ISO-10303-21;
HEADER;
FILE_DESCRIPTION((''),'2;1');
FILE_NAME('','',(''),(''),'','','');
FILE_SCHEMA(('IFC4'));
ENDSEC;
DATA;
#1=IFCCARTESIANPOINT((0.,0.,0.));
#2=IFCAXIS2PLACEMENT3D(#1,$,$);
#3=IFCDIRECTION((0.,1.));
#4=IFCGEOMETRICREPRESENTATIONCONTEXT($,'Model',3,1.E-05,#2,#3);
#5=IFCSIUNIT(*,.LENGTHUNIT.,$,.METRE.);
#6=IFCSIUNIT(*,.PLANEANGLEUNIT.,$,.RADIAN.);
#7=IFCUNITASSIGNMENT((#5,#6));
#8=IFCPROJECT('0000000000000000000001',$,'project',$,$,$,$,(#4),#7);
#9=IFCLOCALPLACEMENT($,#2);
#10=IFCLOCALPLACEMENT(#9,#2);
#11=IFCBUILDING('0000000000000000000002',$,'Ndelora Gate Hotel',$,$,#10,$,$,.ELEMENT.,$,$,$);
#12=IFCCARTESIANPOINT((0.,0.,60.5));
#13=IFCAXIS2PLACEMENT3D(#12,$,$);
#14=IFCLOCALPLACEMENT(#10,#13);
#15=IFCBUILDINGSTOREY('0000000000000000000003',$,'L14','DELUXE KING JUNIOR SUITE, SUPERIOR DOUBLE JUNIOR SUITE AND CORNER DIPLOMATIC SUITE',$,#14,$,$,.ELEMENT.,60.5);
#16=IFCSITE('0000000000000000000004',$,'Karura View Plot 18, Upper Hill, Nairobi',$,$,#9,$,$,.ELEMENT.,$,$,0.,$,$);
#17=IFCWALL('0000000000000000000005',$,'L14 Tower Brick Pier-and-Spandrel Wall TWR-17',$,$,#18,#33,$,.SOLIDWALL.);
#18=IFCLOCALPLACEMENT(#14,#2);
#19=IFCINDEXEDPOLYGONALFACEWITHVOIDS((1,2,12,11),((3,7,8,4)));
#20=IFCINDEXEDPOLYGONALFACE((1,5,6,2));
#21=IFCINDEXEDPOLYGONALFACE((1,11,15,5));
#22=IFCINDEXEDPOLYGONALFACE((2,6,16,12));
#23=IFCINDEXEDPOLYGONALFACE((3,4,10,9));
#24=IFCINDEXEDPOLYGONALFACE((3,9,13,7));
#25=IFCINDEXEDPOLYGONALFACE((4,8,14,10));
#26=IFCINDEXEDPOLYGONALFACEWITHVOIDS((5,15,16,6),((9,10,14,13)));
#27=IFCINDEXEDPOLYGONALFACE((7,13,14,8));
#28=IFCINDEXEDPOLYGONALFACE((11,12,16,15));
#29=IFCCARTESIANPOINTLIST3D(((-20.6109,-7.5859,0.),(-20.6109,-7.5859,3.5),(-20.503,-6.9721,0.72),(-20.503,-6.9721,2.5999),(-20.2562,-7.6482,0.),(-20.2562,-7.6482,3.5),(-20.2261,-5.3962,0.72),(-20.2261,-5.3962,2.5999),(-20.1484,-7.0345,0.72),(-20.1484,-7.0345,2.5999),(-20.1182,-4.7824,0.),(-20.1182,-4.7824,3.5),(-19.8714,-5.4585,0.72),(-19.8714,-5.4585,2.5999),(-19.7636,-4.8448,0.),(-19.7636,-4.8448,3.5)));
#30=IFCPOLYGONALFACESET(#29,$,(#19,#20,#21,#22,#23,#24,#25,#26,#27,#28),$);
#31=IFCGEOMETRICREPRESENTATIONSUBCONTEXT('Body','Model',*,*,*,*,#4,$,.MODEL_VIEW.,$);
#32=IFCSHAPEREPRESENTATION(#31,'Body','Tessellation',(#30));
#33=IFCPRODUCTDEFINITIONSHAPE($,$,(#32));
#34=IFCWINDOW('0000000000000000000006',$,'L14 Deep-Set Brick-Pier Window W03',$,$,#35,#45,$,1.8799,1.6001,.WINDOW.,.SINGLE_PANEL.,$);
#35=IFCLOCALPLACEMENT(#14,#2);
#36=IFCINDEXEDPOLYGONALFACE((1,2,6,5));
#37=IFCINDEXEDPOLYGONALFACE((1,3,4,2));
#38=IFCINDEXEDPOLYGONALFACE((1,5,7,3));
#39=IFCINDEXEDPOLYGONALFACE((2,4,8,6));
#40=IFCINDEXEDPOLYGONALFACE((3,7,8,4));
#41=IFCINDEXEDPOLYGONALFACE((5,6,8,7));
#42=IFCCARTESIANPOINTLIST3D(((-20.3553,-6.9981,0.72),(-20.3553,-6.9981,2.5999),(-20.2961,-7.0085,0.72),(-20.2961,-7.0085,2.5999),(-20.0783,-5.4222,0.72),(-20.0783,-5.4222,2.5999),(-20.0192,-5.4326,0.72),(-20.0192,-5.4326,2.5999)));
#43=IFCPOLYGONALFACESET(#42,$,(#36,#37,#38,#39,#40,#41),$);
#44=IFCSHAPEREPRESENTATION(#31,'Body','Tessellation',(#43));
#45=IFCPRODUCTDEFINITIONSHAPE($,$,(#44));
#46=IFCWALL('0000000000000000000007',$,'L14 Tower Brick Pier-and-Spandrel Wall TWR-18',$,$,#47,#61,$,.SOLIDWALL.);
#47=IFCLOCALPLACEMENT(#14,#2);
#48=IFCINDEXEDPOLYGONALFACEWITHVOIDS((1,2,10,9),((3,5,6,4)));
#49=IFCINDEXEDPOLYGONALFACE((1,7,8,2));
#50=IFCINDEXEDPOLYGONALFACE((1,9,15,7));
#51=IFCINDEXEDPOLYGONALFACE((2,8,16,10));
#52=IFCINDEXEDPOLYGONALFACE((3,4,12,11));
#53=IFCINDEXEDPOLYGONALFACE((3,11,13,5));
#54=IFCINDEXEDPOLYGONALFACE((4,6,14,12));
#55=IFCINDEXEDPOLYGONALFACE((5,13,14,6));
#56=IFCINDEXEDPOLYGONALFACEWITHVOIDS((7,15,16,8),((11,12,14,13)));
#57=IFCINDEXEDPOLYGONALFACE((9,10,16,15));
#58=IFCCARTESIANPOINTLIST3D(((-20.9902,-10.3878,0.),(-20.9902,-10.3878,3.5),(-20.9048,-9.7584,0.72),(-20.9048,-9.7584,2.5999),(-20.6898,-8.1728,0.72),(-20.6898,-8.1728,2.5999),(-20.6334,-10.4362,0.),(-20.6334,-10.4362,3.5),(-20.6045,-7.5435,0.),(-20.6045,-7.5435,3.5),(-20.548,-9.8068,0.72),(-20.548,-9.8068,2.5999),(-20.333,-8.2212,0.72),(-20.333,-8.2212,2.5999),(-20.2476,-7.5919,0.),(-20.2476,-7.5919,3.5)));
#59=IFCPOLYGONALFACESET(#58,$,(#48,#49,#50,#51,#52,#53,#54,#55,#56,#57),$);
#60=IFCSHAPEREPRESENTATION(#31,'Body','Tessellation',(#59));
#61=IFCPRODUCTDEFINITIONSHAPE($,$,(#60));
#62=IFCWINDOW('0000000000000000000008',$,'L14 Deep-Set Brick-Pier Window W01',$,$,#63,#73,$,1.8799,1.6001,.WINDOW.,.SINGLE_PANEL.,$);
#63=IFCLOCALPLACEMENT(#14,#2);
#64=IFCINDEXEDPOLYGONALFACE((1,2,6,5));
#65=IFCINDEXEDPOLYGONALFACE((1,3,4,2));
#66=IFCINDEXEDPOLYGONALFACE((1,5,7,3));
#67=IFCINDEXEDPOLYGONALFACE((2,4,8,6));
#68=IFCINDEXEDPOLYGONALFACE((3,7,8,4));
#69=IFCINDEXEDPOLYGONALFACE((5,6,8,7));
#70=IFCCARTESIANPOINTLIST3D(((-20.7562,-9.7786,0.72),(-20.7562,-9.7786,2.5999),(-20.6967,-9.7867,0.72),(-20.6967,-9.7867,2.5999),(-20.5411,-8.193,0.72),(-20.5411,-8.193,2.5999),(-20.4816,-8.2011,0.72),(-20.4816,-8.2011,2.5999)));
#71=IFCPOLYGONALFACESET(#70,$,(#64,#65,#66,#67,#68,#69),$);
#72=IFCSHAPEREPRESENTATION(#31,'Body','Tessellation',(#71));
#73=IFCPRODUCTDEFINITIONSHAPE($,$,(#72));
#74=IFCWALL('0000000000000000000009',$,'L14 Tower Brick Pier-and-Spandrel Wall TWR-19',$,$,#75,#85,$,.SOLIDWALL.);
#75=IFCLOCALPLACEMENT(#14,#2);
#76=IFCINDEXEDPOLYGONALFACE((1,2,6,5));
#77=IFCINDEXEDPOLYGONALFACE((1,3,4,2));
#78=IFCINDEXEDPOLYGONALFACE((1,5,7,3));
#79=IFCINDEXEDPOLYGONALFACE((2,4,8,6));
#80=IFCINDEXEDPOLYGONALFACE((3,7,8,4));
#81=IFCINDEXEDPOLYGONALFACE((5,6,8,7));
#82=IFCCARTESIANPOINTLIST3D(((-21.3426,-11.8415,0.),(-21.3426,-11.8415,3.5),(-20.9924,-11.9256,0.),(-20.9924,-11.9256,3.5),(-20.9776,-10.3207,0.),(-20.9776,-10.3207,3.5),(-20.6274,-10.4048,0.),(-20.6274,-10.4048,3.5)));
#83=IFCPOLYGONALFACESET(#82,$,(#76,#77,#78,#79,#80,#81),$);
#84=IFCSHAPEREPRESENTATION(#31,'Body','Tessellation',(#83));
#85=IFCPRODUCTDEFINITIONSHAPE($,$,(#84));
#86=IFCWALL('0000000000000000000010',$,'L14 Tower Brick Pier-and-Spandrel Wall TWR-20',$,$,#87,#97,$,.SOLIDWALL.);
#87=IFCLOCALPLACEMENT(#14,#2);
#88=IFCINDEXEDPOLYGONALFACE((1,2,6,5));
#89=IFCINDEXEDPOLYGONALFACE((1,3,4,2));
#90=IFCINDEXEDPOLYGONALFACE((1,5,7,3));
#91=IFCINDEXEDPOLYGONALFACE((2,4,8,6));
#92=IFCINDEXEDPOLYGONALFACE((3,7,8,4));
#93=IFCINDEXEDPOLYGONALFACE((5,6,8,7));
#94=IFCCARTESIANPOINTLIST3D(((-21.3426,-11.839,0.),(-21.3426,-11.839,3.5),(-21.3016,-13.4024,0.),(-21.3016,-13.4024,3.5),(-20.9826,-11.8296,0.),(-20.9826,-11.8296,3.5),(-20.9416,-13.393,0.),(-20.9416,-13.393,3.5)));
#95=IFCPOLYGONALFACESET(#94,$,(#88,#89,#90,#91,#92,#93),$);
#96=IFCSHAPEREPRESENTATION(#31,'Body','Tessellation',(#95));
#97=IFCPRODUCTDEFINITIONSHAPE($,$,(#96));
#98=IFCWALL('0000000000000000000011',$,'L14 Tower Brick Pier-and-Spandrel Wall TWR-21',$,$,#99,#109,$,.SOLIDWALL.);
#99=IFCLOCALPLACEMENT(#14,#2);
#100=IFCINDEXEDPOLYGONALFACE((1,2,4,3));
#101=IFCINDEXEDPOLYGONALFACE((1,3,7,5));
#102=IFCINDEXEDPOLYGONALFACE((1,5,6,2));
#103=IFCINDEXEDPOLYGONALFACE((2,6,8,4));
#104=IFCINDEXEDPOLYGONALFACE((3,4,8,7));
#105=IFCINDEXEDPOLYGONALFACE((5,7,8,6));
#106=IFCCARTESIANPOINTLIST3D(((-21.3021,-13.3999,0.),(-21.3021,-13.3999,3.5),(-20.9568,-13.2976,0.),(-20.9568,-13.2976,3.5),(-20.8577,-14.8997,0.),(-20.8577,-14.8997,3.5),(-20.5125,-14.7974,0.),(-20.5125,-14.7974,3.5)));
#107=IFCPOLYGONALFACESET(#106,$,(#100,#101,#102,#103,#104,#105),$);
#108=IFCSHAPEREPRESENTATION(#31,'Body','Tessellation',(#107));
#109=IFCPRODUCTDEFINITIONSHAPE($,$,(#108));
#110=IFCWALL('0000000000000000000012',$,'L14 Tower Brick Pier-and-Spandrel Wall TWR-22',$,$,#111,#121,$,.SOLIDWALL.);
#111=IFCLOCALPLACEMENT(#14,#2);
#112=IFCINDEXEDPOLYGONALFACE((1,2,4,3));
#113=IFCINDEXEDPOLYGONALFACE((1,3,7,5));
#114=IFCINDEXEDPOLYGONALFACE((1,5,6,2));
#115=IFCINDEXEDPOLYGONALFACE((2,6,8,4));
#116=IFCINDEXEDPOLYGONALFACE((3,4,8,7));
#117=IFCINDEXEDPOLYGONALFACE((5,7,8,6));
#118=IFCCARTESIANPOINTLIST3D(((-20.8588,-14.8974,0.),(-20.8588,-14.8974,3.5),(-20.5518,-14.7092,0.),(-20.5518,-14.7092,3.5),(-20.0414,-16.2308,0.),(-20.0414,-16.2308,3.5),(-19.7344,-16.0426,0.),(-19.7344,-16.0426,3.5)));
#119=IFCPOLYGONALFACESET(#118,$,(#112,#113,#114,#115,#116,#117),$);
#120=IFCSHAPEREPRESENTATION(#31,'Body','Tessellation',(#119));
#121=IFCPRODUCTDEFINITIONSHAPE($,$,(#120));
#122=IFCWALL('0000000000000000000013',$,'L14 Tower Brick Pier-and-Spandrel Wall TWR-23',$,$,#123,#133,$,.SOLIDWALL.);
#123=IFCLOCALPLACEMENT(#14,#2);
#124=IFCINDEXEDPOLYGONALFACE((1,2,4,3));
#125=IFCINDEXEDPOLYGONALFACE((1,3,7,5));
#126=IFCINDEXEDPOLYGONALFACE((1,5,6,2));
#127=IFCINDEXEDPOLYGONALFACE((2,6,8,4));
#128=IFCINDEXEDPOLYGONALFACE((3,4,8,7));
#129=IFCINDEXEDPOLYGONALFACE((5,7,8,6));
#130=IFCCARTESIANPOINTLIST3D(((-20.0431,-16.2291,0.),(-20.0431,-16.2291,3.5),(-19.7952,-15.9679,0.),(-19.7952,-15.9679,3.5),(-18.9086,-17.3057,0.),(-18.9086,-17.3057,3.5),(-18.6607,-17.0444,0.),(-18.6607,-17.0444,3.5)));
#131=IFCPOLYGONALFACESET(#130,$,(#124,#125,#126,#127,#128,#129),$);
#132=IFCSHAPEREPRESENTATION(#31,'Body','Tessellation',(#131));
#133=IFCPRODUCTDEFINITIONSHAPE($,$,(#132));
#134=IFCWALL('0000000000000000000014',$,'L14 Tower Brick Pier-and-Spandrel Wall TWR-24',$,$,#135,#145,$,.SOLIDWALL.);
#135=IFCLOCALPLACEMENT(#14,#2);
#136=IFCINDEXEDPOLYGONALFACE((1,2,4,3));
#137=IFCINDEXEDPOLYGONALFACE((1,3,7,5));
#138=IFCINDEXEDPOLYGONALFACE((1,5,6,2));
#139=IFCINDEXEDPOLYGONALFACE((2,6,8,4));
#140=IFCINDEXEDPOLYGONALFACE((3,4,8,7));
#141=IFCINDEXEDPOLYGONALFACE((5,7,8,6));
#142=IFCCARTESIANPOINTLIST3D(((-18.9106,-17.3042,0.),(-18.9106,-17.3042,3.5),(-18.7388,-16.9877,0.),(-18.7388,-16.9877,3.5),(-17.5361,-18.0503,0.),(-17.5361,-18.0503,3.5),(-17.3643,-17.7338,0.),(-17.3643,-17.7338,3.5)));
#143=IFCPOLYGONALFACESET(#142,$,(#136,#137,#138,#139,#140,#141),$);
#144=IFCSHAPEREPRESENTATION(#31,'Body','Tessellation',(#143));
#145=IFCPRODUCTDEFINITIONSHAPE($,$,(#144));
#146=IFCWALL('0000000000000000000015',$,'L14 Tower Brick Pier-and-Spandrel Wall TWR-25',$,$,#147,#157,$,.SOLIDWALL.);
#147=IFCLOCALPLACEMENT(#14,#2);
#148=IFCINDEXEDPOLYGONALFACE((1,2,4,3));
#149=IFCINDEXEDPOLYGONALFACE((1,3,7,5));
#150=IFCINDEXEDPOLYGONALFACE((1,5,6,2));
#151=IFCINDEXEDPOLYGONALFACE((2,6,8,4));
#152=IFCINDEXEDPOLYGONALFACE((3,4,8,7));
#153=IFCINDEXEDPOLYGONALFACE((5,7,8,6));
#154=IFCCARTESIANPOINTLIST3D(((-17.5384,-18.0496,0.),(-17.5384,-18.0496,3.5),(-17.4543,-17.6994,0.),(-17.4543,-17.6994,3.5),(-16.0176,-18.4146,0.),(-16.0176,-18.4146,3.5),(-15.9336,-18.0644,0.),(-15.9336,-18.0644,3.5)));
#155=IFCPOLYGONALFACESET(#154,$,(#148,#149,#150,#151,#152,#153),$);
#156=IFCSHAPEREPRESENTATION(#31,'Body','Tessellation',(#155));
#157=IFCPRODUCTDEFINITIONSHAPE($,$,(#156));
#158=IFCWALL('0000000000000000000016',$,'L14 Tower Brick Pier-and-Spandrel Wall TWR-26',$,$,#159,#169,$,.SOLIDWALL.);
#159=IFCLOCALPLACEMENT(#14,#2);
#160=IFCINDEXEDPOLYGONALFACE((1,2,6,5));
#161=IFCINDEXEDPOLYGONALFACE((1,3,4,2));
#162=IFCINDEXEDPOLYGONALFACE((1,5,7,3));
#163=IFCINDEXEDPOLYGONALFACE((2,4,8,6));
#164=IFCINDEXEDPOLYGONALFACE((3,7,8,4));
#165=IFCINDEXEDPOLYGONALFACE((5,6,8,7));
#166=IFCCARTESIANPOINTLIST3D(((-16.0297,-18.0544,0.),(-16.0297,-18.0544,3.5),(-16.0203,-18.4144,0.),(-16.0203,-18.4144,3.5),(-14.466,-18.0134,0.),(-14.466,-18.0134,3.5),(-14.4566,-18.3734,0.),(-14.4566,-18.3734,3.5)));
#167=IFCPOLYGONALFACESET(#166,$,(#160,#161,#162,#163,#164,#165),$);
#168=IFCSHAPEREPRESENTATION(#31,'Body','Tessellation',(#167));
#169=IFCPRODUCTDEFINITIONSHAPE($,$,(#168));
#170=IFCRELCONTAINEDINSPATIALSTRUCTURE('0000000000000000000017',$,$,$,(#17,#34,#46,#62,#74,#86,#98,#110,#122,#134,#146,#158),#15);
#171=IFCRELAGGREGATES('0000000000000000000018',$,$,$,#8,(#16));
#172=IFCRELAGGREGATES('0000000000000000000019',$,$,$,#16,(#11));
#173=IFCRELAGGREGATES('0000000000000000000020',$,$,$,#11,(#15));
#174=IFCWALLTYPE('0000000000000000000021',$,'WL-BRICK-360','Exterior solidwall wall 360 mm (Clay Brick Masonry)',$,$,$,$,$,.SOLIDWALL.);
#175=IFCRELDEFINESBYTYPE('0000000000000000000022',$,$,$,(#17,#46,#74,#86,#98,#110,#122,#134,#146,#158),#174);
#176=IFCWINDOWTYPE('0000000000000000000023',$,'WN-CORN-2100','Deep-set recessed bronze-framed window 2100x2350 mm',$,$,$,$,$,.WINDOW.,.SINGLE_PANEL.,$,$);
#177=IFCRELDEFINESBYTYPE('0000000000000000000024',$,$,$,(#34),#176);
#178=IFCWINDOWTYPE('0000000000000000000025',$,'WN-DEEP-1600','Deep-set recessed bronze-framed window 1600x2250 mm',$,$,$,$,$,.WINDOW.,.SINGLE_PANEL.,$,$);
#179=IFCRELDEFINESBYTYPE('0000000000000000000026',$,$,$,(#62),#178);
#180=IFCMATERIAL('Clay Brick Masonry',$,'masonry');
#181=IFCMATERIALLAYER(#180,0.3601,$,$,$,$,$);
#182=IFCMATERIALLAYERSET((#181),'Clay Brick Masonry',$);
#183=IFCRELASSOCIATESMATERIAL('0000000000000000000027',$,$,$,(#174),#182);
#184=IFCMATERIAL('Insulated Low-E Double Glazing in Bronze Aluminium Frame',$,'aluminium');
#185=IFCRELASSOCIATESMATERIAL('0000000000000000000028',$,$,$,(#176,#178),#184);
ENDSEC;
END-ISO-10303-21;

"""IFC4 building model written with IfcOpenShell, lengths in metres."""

from ifc_helpers import new_model, si_unit, direction, frame, frame_2d, origin, place, context, subcontext, project, spatial, rectangle, extrude, material, layer, layer_set, type_object, element, fill, save


model = new_model("IFC4")

# Units and contexts
model_context = context("Model", 3, precision=1e-05, world=origin(), true_north=direction((0.0, 1.0)))
body_context = subcontext(model_context, "Body", "Model", "MODEL_VIEW")
ifc_project = project(units=[si_unit("LENGTHUNIT", "METRE"), si_unit("PLANEANGLEUNIT", "RADIAN")], contexts=[model_context])

# Site, building, storey
site_placement = place(None, origin())
site = spatial("IfcSite", under=ifc_project, at=site_placement, Name="Karura View Plot 18, Upper Hill, Nairobi", CompositionType="ELEMENT", RefElevation=0.0)
building_placement = place(site_placement, origin())
building = spatial("IfcBuilding", under=site, at=building_placement, Name="Ndelora Gate Hotel", CompositionType="ELEMENT")
storey_placement = place(building_placement, frame((0.0, 0.0, 60.5)))
storey = spatial("IfcBuildingStorey", under=building, at=storey_placement, Name="L14", Description="DELUXE KING JUNIOR SUITE, SUPERIOR DOUBLE JUNIOR SUITE AND CORNER DIPLOMATIC SUITE", CompositionType="ELEMENT", Elevation=60.5)

# Walls, openings, windows
ifc_material_1 = material(Name="Clay Brick Masonry", Category="masonry")
ifc_layer_1 = layer(ifc_material_1, 0.3601)
ifc_layer_set_1 = layer_set([ifc_layer_1], Name="Clay Brick Masonry")
wall_type = type_object("IfcWallType", Name="WL-BRICK-360", Description="Exterior solidwall wall 360 mm (Clay Brick Masonry)", PredefinedType="SOLIDWALL", material=ifc_layer_set_1)
wall_1_placement = place(storey_placement, frame((-20.4336, -7.6172, 0.0), z_axis=(0.0, 0.0, 1.0), x_axis=(0.173086, 0.984907, 0.0)))
wall_1 = element("IfcWall", 1, at=wall_1_placement, inside=storey, type_object=wall_type, Name="L14 Tower Brick Pier-and-Spandrel Wall TWR-17", PredefinedType="SOLIDWALL", context=body_context, shape_type="SweptSolid", body=[
    extrude(rectangle(XDim=2.8464, YDim=0.3601, at=frame_2d((1.4233, 0.0))), origin(), (0.0, 0.0, 1.0), 3.5),
])
opening_1_placement = place(wall_1_placement, frame((0.6233, 0.0, 0.72)))
opening_1 = element("IfcOpeningElement", 2, at=opening_1_placement, cuts=wall_1, PredefinedType="OPENING", context=body_context, shape_type="SweptSolid", body=[
    extrude(rectangle(XDim=1.6001, YDim=1.8799, at=frame_2d((0.8, 0.9399))), frame((0.0, 0.1899, 0.0), z_axis=(0.0, -1.0, 0.0), x_axis=(1.0, 0.0, 0.0)), (0.0, 0.0, 1.0), 0.3801),
])
ifc_material_2 = material(Name="Insulated Low-E Double Glazing in Bronze Aluminium Frame", Category="aluminium")
window_type_1 = type_object("IfcWindowType", Name="WN-CORN-2100", Description="Deep-set recessed bronze-framed window 2100x2350 mm", PartitioningType="SINGLE_PANEL", PredefinedType="WINDOW", material=ifc_material_2)
window_1_placement = place(opening_1_placement, origin())
window_1 = element("IfcWindow", 3, at=window_1_placement, inside=storey, type_object=window_type_1, Name="L14 Deep-Set Brick-Pier Window W03", OverallHeight=1.8799, OverallWidth=1.6001, PartitioningType="SINGLE_PANEL", PredefinedType="WINDOW", context=body_context, shape_type="SweptSolid", body=[
    extrude(rectangle(XDim=1.6001, YDim=1.8799, at=frame_2d((0.8, 0.9399))), frame((0.0, 0.03, 0.0), z_axis=(0.0, -1.0, 0.0), x_axis=(1.0, 0.0, 0.0)), (0.0, 0.0, 1.0), 0.0601),
])
fill(opening_1, window_1)
wall_2_placement = place(storey_placement, frame((-20.8118, -10.4119, 0.0), z_axis=(0.0, 0.0, 1.0), x_axis=(0.134392, 0.990928, 0.0)))
wall_2 = element("IfcWall", 4, at=wall_2_placement, inside=storey, type_object=wall_type, Name="L14 Tower Brick Pier-and-Spandrel Wall TWR-18", PredefinedType="SOLIDWALL", context=body_context, shape_type="SweptSolid", body=[
    extrude(rectangle(XDim=2.8704, YDim=0.3601, at=frame_2d((1.4351, 0.0))), origin(), (0.0, 0.0, 1.0), 3.5),
])
opening_2_placement = place(wall_2_placement, frame((0.635, 0.0, 0.72)))
opening_2 = element("IfcOpeningElement", 5, at=opening_2_placement, cuts=wall_2, PredefinedType="OPENING", context=body_context, shape_type="SweptSolid", body=[
    extrude(rectangle(XDim=1.6001, YDim=1.8799, at=frame_2d((0.8, 0.9399))), frame((0.0, 0.1899, 0.0), z_axis=(0.0, -1.0, 0.0), x_axis=(1.0, 0.0, 0.0)), (0.0, 0.0, 1.0), 0.3801),
])
window_type_2 = type_object("IfcWindowType", Name="WN-DEEP-1600", Description="Deep-set recessed bronze-framed window 1600x2250 mm", PartitioningType="SINGLE_PANEL", PredefinedType="WINDOW", material=ifc_material_2)
window_2_placement = place(opening_2_placement, origin())
window_2 = element("IfcWindow", 6, at=window_2_placement, inside=storey, type_object=window_type_2, Name="L14 Deep-Set Brick-Pier Window W01", OverallHeight=1.8799, OverallWidth=1.6001, PartitioningType="SINGLE_PANEL", PredefinedType="WINDOW", context=body_context, shape_type="SweptSolid", body=[
    extrude(rectangle(XDim=1.6001, YDim=1.8799, at=frame_2d((0.8, 0.9399))), frame((0.0, 0.03, 0.0), z_axis=(0.0, -1.0, 0.0), x_axis=(1.0, 0.0, 0.0)), (0.0, 0.0, 1.0), 0.0601),
])
fill(opening_2, window_2)

# Walls
for number, where, z_axis, x_axis, name in (
    (7, (-21.1675, -11.8835, 0.0), (0.0, 0.0, 1.0), (0.233379, 0.972386, 0.0), "L14 Tower Brick Pier-and-Spandrel Wall TWR-19"),
    (8, (-21.1216, -13.3977, 0.0), (0.0, 0.0, 1.0), (-0.026225, 0.999656, 0.0), "L14 Tower Brick Pier-and-Spandrel Wall TWR-20"),
):
    element("IfcWall", number, at=place(storey_placement, frame(where, z_axis=z_axis, x_axis=x_axis)), inside=storey, type_object=wall_type, Name=name, PredefinedType="SOLIDWALL", context=body_context, shape_type="SweptSolid", body=[
        extrude(rectangle(XDim=1.564, YDim=0.3601, at=frame_2d((0.782, 0.0))), origin(), (0.0, 0.0, 1.0), 3.5),
    ])
wall_3_placement = place(storey_placement, frame((-20.6851, -14.8486, 0.0), z_axis=(0.0, 0.0, 1.0), x_axis=(-0.284067, 0.958804, 0.0)))
element("IfcWall", 9, at=wall_3_placement, inside=storey, type_object=wall_type, Name="L14 Tower Brick Pier-and-Spandrel Wall TWR-21", PredefinedType="SOLIDWALL", context=body_context, shape_type="SweptSolid", body=[
    extrude(rectangle(XDim=1.5642, YDim=0.3601, at=frame_2d((0.7822, 0.0))), origin(), (0.0, 0.0, 1.0), 3.5),
])
for number, where, z_axis, x_axis, name in (
    (10, (-19.8879, -16.1367, 0.0), (0.0, 0.0, 1.0), (-0.522599, 0.852579, 0.0), "L14 Tower Brick Pier-and-Spandrel Wall TWR-22"),
    (11, (-18.7847, -17.175, 0.0), (0.0, 0.0, 1.0), (-0.725362, 0.688368, 0.0), "L14 Tower Brick Pier-and-Spandrel Wall TWR-23"),
    (12, (-17.4502, -17.8921, 0.0), (0.0, 0.0, 1.0), (-0.878872, 0.477057, 0.0), "L14 Tower Brick Pier-and-Spandrel Wall TWR-24"),
    (13, (-15.9756, -18.2395, 0.0), (0.0, 0.0, 1.0), (-0.972386, 0.233379, 0.0), "L14 Tower Brick Pier-and-Spandrel Wall TWR-25"),
):
    element("IfcWall", number, at=place(storey_placement, frame(where, z_axis=z_axis, x_axis=x_axis)), inside=storey, type_object=wall_type, Name=name, PredefinedType="SOLIDWALL", context=body_context, shape_type="SweptSolid", body=[
        extrude(rectangle(XDim=1.564, YDim=0.3601, at=frame_2d((0.782, 0.0))), origin(), (0.0, 0.0, 1.0), 3.5),
    ])
wall_4_placement = place(storey_placement, frame((-14.4612, -18.1934, 0.0), z_axis=(0.0, 0.0, 1.0), x_axis=(-0.999656, -0.02622, 0.0)))
element("IfcWall", 14, at=wall_4_placement, inside=storey, type_object=wall_type, Name="L14 Tower Brick Pier-and-Spandrel Wall TWR-26", PredefinedType="SOLIDWALL", context=body_context, shape_type="SweptSolid", body=[
    extrude(rectangle(XDim=1.5642, YDim=0.3601, at=frame_2d((0.7822, 0.0))), origin(), (0.0, 0.0, 1.0), 3.5),
])

save(model, "model.ifc")
